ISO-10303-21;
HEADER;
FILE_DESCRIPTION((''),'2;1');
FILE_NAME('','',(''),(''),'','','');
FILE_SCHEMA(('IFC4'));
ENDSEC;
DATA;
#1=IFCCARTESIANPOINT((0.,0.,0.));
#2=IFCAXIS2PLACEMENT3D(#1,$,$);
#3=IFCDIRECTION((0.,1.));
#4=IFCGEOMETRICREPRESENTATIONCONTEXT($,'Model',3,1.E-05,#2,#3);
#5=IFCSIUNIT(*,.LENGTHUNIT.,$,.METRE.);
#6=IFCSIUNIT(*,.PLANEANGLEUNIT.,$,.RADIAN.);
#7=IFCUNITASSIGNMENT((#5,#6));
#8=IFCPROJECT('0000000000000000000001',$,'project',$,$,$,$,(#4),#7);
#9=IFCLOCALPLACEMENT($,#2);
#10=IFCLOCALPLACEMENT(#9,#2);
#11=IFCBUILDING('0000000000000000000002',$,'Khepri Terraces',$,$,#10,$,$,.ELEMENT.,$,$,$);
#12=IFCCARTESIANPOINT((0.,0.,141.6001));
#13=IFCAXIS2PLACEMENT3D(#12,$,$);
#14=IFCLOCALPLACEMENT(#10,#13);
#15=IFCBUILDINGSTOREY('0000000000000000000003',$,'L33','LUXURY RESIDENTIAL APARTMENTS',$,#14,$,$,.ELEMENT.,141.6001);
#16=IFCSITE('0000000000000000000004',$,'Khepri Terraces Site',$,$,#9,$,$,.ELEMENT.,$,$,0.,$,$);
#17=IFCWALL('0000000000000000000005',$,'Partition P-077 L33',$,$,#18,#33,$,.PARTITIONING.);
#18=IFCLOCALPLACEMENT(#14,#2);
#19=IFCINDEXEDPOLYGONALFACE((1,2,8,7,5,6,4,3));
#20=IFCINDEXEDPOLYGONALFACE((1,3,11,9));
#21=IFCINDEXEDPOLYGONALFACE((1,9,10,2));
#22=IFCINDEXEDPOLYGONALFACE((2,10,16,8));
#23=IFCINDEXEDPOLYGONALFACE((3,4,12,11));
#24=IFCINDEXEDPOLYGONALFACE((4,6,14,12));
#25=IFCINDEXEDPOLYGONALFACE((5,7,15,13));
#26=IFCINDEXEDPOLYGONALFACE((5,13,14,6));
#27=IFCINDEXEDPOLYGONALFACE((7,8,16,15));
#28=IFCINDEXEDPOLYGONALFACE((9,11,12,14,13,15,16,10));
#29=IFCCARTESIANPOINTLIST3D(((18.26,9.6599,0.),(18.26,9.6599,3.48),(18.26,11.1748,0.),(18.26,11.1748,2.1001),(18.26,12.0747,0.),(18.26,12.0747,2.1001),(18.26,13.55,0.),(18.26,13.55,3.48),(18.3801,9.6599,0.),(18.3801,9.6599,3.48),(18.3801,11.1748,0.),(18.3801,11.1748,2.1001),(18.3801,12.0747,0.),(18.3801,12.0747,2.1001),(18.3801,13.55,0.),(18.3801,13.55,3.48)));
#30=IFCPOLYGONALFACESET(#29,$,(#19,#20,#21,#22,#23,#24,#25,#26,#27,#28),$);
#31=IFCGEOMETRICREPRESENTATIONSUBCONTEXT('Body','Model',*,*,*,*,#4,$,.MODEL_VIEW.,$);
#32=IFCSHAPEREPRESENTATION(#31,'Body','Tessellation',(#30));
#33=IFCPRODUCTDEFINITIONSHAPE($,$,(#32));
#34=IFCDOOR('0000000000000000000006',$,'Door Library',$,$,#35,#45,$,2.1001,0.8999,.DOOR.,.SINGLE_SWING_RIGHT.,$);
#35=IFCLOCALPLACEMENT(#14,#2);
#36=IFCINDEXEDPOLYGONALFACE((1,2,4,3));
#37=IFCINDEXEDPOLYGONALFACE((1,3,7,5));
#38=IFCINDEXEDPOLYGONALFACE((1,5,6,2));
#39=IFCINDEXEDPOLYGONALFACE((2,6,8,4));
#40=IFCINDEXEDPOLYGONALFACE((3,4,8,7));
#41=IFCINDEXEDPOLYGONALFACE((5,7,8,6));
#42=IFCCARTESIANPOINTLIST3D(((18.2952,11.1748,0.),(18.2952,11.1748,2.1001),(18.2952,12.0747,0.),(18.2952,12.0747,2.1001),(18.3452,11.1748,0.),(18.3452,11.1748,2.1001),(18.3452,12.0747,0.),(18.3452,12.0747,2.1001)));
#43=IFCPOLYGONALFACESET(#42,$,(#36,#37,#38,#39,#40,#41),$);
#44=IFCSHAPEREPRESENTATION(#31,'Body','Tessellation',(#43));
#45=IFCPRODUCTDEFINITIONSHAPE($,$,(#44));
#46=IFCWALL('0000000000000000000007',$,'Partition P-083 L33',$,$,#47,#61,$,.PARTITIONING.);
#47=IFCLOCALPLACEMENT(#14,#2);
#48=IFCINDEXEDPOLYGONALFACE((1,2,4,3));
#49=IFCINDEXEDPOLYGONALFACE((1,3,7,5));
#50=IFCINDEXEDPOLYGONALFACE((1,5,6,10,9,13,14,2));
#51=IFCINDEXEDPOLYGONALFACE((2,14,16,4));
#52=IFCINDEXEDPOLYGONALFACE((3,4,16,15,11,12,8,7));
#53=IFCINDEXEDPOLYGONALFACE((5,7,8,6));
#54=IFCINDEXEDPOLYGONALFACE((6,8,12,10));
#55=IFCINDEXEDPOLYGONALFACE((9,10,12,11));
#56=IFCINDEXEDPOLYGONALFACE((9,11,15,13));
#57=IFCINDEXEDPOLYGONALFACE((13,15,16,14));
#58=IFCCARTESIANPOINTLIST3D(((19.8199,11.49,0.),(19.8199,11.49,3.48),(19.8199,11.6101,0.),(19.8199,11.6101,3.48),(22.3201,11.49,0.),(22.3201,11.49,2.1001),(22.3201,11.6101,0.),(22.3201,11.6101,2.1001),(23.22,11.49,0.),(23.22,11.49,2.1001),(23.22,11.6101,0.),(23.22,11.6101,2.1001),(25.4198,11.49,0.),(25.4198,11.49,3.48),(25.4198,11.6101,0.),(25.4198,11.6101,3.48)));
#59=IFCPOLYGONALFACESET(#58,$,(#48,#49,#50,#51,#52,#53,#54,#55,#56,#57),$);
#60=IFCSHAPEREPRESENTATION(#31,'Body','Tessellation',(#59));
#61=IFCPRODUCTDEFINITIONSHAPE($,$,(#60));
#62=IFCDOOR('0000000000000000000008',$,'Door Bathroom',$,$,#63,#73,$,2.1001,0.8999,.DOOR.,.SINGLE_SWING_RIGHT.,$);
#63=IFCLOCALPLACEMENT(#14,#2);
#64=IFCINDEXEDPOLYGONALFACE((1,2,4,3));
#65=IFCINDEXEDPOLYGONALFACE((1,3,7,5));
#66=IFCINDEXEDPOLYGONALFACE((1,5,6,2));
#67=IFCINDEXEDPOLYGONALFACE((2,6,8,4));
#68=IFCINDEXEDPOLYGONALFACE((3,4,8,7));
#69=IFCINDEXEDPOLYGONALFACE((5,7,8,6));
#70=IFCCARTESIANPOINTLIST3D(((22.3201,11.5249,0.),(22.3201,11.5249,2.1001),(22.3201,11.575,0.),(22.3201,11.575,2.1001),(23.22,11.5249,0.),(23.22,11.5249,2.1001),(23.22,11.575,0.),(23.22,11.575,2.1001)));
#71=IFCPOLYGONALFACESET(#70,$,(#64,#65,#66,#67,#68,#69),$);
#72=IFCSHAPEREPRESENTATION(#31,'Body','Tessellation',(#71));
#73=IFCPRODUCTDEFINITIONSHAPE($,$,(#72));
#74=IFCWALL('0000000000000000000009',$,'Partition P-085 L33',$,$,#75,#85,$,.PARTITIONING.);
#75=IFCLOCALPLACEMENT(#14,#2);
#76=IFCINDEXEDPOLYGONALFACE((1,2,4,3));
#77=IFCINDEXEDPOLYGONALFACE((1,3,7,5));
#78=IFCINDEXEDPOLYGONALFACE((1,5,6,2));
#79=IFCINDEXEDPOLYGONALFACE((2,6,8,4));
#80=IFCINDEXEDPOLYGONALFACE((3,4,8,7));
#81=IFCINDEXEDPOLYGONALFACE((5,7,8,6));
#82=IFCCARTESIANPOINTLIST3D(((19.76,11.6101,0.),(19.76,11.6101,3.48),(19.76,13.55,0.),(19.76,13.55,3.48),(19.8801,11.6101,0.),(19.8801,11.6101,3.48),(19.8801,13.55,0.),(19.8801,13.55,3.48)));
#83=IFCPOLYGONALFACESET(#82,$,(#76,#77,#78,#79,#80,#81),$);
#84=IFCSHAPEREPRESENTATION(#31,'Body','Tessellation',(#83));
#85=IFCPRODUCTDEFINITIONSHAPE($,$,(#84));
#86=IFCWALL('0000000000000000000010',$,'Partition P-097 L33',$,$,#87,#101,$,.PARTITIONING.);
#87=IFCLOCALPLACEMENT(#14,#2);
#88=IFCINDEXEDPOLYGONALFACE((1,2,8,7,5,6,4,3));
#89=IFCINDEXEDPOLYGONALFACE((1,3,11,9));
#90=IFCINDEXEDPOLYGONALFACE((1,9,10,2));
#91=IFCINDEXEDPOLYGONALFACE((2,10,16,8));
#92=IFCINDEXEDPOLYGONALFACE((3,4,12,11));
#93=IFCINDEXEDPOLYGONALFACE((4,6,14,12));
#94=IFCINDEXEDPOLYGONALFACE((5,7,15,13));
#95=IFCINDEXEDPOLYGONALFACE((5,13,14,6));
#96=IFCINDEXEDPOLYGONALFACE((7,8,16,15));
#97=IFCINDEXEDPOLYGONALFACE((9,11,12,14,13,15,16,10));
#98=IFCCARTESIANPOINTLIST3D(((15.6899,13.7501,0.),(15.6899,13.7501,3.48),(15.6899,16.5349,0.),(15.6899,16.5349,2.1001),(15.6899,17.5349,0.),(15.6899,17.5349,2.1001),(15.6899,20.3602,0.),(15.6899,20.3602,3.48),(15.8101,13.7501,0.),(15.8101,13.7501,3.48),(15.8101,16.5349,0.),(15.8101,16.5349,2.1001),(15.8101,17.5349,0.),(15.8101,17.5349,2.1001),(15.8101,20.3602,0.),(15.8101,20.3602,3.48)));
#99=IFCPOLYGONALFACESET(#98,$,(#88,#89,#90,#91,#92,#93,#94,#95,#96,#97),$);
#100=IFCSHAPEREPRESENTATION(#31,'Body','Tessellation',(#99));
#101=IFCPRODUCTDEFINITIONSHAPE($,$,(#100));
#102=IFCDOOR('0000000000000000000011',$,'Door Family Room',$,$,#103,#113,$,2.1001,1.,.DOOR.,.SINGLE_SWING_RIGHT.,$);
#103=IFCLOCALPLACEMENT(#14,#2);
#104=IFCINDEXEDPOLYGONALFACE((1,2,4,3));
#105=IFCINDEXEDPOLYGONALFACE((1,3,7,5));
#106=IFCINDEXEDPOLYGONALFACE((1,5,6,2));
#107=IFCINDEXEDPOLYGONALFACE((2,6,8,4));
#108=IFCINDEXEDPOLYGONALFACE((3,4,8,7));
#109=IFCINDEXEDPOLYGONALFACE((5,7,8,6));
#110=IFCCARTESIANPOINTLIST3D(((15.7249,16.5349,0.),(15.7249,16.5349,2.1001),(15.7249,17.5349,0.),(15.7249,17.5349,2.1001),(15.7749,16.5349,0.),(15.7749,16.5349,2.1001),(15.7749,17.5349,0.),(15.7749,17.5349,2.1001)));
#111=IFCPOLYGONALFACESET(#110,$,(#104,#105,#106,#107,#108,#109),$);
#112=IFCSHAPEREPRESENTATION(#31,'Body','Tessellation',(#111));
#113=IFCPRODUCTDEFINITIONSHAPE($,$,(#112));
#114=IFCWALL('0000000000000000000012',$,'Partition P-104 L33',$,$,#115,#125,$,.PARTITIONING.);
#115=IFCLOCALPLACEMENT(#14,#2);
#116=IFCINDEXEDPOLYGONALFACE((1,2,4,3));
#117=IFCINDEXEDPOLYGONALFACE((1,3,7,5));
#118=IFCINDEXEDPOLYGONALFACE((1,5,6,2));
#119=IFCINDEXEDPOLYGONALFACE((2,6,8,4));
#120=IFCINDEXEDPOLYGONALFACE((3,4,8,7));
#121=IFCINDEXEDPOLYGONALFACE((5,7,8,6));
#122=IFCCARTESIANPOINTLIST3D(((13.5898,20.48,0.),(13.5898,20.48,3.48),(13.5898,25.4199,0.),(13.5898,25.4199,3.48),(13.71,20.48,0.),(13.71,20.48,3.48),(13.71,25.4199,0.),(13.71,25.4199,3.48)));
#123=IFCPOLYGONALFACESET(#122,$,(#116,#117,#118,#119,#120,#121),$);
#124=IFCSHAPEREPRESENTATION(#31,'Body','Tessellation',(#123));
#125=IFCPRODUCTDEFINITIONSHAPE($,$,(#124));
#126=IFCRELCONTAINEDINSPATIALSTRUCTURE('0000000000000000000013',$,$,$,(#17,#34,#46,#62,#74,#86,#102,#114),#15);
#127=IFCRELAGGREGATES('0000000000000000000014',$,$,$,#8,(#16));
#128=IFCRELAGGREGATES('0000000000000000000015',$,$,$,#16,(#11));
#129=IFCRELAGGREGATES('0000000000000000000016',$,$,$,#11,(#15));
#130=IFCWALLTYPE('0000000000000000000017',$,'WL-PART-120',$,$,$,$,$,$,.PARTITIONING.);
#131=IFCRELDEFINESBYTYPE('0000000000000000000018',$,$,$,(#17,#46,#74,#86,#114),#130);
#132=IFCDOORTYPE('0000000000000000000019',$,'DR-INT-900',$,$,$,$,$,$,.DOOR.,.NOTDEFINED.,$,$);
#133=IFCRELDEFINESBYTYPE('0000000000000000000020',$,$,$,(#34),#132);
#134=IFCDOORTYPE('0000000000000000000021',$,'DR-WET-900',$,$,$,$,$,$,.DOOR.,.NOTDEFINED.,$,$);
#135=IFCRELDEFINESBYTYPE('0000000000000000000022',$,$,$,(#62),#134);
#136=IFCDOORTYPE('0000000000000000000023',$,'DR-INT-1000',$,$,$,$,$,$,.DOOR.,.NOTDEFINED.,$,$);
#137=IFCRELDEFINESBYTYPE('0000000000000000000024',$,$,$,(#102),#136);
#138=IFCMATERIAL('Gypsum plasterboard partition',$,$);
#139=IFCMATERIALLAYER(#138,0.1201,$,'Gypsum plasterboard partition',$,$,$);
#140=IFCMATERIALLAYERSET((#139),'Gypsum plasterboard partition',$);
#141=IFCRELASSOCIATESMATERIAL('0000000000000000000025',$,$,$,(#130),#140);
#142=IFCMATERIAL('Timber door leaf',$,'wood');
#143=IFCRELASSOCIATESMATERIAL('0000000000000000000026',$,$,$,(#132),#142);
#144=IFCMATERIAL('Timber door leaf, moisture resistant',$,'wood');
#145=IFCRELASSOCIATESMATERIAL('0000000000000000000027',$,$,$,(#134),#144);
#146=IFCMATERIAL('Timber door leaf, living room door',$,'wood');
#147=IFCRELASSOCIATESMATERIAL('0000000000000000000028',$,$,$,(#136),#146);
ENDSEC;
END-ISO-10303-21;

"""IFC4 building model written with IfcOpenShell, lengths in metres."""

from ifc_helpers import new_model, si_unit, direction, frame, frame_2d, origin, place, context, subcontext, project, spatial, rectangle, extrude, material, layer, layer_set, type_object, element, fill, save


model = new_model("IFC4")

# Units and contexts
model_context = context("Model", 3, precision=1e-05, world=origin(), true_north=direction((0.0, 1.0)))
body_context = subcontext(model_context, "Body", "Model", "MODEL_VIEW")
ifc_project = project(units=[si_unit("LENGTHUNIT", "METRE"), si_unit("PLANEANGLEUNIT", "RADIAN")], contexts=[model_context])

# Site, building, storey
site_placement = place(None, origin())
site = spatial("IfcSite", under=ifc_project, at=site_placement, Name="Khepri Terraces Site", CompositionType="ELEMENT", RefElevation=0.0)
building_placement = place(site_placement, origin())
building = spatial("IfcBuilding", under=site, at=building_placement, Name="Khepri Terraces", CompositionType="ELEMENT")
storey_placement = place(building_placement, frame((0.0, 0.0, 141.6001)))
storey = spatial("IfcBuildingStorey", under=building, at=storey_placement, Name="L33", Description="LUXURY RESIDENTIAL APARTMENTS", CompositionType="ELEMENT", Elevation=141.6001)

# Walls, openings, doors
ifc_material_1 = material(Name="Gypsum plasterboard partition")
ifc_layer_1 = layer(ifc_material_1, 0.1201, Name="Gypsum plasterboard partition")
ifc_layer_set_1 = layer_set([ifc_layer_1], Name="Gypsum plasterboard partition")
wall_type_1 = type_object("IfcWallType", Name="WL-PART-120", PredefinedType="PARTITIONING", material=ifc_layer_set_1)
wall_1_placement = place(storey_placement, frame((18.3201, 9.6599, 0.0), z_axis=(0.0, 0.0, 1.0), x_axis=(0.0, 1.0, 0.0)))
wall_1 = element("IfcWall", 1, at=wall_1_placement, inside=storey, type_object=wall_type_1, Name="Partition P-077 L33", PredefinedType="PARTITIONING", context=body_context, shape_type="SweptSolid", body=[
    extrude(rectangle(XDim=3.8901, YDim=0.1201, at=frame_2d((1.9451, 0.0))), origin(), (0.0, 0.0, 1.0), 3.48),
])
opening_1_placement = place(wall_1_placement, frame((1.5149, 0.0, 0.0)))
opening_1 = element("IfcOpeningElement", 2, at=opening_1_placement, cuts=wall_1, PredefinedType="OPENING", context=body_context, shape_type="SweptSolid", body=[
    extrude(rectangle(XDim=0.8999, YDim=2.1001, at=frame_2d((0.45, 1.05))), frame((0.0, 0.0701, 0.0), z_axis=(0.0, -1.0, 0.0), x_axis=(1.0, 0.0, 0.0)), (0.0, 0.0, 1.0), 0.1401),
])
ifc_material_2 = material(Name="Timber door leaf", Category="wood")
door_type_1 = type_object("IfcDoorType", Name="DR-INT-900", OperationType="NOTDEFINED", PredefinedType="DOOR", material=ifc_material_2)
door_1_placement = place(opening_1_placement, origin())
door_1 = element("IfcDoor", 3, at=door_1_placement, inside=storey, type_object=door_type_1, Name="Door Library", OperationType="SINGLE_SWING_RIGHT", OverallHeight=2.1001, OverallWidth=0.8999, PredefinedType="DOOR", context=body_context, shape_type="SweptSolid", body=[
    extrude(rectangle(XDim=0.8999, YDim=2.1001, at=frame_2d((0.45, 1.05))), frame((0.0, 0.0249, 0.0), z_axis=(0.0, -1.0, 0.0), x_axis=(1.0, 0.0, 0.0)), (0.0, 0.0, 1.0), 0.05),
])
fill(opening_1, door_1)
wall_2_placement = place(storey_placement, frame((19.8201, 11.55, 0.0), z_axis=(0.0, 0.0, 1.0), x_axis=(1.0, 0.0, 0.0)))
wall_2 = element("IfcWall", 4, at=wall_2_placement, inside=storey, type_object=wall_type_1, Name="Partition P-083 L33", PredefinedType="PARTITIONING", context=body_context, shape_type="SweptSolid", body=[
    extrude(rectangle(XDim=5.5999, YDim=0.1201, at=frame_2d((2.7998, 0.0))), origin(), (0.0, 0.0, 1.0), 3.48),
])
opening_2_placement = place(wall_2_placement, frame((2.5, 0.0, 0.0)))
opening_2 = element("IfcOpeningElement", 5, at=opening_2_placement, cuts=wall_2, PredefinedType="OPENING", context=body_context, shape_type="SweptSolid", body=[
    extrude(rectangle(XDim=0.8999, YDim=2.1001, at=frame_2d((0.45, 1.05))), frame((0.0, 0.0701, 0.0), z_axis=(0.0, -1.0, 0.0), x_axis=(1.0, 0.0, 0.0)), (0.0, 0.0, 1.0), 0.1401),
])
ifc_material_3 = material(Name="Timber door leaf, moisture resistant", Category="wood")
door_type_2 = type_object("IfcDoorType", Name="DR-WET-900", OperationType="NOTDEFINED", PredefinedType="DOOR", material=ifc_material_3)
door_2_placement = place(opening_2_placement, origin())
door_2 = element("IfcDoor", 6, at=door_2_placement, inside=storey, type_object=door_type_2, Name="Door Bathroom", OperationType="SINGLE_SWING_RIGHT", OverallHeight=2.1001, OverallWidth=0.8999, PredefinedType="DOOR", context=body_context, shape_type="SweptSolid", body=[
    extrude(rectangle(XDim=0.8999, YDim=2.1001, at=frame_2d((0.45, 1.05))), frame((0.0, 0.0249, 0.0), z_axis=(0.0, -1.0, 0.0), x_axis=(1.0, 0.0, 0.0)), (0.0, 0.0, 1.0), 0.05),
])
fill(opening_2, door_2)

# Wall
wall_3_placement = place(storey_placement, frame((19.8201, 11.6101, 0.0), z_axis=(0.0, 0.0, 1.0), x_axis=(0.0, 1.0, 0.0)))
element("IfcWall", 7, at=wall_3_placement, inside=storey, type_object=wall_type_1, Name="Partition P-085 L33", PredefinedType="PARTITIONING", context=body_context, shape_type="SweptSolid", body=[
    extrude(rectangle(XDim=1.9399, YDim=0.1201, at=frame_2d((0.97, 0.0))), origin(), (0.0, 0.0, 1.0), 3.48),
])

# Wall, opening, door
wall_4_placement = place(storey_placement, frame((15.75, 13.75, 0.0), z_axis=(0.0, 0.0, 1.0), x_axis=(0.0, 1.0, 0.0)))
wall_4 = element("IfcWall", 8, at=wall_4_placement, inside=storey, type_object=wall_type_1, Name="Partition P-097 L33", PredefinedType="PARTITIONING", context=body_context, shape_type="SweptSolid", body=[
    extrude(rectangle(XDim=6.6101, YDim=0.1201, at=frame_2d((3.3052, 0.0))), origin(), (0.0, 0.0, 1.0), 3.48),
])
opening_3_placement = place(wall_4_placement, frame((2.7849, 0.0, 0.0)))
opening_3 = element("IfcOpeningElement", 9, at=opening_3_placement, cuts=wall_4, PredefinedType="OPENING", context=body_context, shape_type="SweptSolid", body=[
    extrude(rectangle(XDim=1.0, YDim=2.1001, at=frame_2d((0.5, 1.05))), frame((0.0, 0.0701, 0.0), z_axis=(0.0, -1.0, 0.0), x_axis=(1.0, 0.0, 0.0)), (0.0, 0.0, 1.0), 0.1401),
])
ifc_material_4 = material(Name="Timber door leaf, living room door", Category="wood")
door_type_3 = type_object("IfcDoorType", Name="DR-INT-1000", OperationType="NOTDEFINED", PredefinedType="DOOR", material=ifc_material_4)
door_3_placement = place(opening_3_placement, frame((1.0, 0.0, 0.0), z_axis=(0.0, 0.0, 1.0), x_axis=(-1.0, 0.0, 0.0)))
door_3 = element("IfcDoor", 10, at=door_3_placement, inside=storey, type_object=door_type_3, Name="Door Family Room", OperationType="SINGLE_SWING_RIGHT", OverallHeight=2.1001, OverallWidth=1.0, PredefinedType="DOOR", context=body_context, shape_type="SweptSolid", body=[
    extrude(rectangle(XDim=1.0, YDim=2.1001, at=frame_2d((0.5, 1.05))), frame((0.0, 0.0249, 0.0), z_axis=(0.0, -1.0, 0.0), x_axis=(1.0, 0.0, 0.0)), (0.0, 0.0, 1.0), 0.05),
])
fill(opening_3, door_3)

# Wall
wall_5_placement = place(storey_placement, frame((13.6499, 20.48, 0.0), z_axis=(0.0, 0.0, 1.0), x_axis=(0.0, 1.0, 0.0)))
element("IfcWall", 11, at=wall_5_placement, inside=storey, type_object=wall_type_1, Name="Partition P-104 L33", PredefinedType="PARTITIONING", context=body_context, shape_type="SweptSolid", body=[
    extrude(rectangle(XDim=4.9399, YDim=0.1201, at=frame_2d((2.47, 0.0))), origin(), (0.0, 0.0, 1.0), 3.48),
])

save(model, "model.ifc")
